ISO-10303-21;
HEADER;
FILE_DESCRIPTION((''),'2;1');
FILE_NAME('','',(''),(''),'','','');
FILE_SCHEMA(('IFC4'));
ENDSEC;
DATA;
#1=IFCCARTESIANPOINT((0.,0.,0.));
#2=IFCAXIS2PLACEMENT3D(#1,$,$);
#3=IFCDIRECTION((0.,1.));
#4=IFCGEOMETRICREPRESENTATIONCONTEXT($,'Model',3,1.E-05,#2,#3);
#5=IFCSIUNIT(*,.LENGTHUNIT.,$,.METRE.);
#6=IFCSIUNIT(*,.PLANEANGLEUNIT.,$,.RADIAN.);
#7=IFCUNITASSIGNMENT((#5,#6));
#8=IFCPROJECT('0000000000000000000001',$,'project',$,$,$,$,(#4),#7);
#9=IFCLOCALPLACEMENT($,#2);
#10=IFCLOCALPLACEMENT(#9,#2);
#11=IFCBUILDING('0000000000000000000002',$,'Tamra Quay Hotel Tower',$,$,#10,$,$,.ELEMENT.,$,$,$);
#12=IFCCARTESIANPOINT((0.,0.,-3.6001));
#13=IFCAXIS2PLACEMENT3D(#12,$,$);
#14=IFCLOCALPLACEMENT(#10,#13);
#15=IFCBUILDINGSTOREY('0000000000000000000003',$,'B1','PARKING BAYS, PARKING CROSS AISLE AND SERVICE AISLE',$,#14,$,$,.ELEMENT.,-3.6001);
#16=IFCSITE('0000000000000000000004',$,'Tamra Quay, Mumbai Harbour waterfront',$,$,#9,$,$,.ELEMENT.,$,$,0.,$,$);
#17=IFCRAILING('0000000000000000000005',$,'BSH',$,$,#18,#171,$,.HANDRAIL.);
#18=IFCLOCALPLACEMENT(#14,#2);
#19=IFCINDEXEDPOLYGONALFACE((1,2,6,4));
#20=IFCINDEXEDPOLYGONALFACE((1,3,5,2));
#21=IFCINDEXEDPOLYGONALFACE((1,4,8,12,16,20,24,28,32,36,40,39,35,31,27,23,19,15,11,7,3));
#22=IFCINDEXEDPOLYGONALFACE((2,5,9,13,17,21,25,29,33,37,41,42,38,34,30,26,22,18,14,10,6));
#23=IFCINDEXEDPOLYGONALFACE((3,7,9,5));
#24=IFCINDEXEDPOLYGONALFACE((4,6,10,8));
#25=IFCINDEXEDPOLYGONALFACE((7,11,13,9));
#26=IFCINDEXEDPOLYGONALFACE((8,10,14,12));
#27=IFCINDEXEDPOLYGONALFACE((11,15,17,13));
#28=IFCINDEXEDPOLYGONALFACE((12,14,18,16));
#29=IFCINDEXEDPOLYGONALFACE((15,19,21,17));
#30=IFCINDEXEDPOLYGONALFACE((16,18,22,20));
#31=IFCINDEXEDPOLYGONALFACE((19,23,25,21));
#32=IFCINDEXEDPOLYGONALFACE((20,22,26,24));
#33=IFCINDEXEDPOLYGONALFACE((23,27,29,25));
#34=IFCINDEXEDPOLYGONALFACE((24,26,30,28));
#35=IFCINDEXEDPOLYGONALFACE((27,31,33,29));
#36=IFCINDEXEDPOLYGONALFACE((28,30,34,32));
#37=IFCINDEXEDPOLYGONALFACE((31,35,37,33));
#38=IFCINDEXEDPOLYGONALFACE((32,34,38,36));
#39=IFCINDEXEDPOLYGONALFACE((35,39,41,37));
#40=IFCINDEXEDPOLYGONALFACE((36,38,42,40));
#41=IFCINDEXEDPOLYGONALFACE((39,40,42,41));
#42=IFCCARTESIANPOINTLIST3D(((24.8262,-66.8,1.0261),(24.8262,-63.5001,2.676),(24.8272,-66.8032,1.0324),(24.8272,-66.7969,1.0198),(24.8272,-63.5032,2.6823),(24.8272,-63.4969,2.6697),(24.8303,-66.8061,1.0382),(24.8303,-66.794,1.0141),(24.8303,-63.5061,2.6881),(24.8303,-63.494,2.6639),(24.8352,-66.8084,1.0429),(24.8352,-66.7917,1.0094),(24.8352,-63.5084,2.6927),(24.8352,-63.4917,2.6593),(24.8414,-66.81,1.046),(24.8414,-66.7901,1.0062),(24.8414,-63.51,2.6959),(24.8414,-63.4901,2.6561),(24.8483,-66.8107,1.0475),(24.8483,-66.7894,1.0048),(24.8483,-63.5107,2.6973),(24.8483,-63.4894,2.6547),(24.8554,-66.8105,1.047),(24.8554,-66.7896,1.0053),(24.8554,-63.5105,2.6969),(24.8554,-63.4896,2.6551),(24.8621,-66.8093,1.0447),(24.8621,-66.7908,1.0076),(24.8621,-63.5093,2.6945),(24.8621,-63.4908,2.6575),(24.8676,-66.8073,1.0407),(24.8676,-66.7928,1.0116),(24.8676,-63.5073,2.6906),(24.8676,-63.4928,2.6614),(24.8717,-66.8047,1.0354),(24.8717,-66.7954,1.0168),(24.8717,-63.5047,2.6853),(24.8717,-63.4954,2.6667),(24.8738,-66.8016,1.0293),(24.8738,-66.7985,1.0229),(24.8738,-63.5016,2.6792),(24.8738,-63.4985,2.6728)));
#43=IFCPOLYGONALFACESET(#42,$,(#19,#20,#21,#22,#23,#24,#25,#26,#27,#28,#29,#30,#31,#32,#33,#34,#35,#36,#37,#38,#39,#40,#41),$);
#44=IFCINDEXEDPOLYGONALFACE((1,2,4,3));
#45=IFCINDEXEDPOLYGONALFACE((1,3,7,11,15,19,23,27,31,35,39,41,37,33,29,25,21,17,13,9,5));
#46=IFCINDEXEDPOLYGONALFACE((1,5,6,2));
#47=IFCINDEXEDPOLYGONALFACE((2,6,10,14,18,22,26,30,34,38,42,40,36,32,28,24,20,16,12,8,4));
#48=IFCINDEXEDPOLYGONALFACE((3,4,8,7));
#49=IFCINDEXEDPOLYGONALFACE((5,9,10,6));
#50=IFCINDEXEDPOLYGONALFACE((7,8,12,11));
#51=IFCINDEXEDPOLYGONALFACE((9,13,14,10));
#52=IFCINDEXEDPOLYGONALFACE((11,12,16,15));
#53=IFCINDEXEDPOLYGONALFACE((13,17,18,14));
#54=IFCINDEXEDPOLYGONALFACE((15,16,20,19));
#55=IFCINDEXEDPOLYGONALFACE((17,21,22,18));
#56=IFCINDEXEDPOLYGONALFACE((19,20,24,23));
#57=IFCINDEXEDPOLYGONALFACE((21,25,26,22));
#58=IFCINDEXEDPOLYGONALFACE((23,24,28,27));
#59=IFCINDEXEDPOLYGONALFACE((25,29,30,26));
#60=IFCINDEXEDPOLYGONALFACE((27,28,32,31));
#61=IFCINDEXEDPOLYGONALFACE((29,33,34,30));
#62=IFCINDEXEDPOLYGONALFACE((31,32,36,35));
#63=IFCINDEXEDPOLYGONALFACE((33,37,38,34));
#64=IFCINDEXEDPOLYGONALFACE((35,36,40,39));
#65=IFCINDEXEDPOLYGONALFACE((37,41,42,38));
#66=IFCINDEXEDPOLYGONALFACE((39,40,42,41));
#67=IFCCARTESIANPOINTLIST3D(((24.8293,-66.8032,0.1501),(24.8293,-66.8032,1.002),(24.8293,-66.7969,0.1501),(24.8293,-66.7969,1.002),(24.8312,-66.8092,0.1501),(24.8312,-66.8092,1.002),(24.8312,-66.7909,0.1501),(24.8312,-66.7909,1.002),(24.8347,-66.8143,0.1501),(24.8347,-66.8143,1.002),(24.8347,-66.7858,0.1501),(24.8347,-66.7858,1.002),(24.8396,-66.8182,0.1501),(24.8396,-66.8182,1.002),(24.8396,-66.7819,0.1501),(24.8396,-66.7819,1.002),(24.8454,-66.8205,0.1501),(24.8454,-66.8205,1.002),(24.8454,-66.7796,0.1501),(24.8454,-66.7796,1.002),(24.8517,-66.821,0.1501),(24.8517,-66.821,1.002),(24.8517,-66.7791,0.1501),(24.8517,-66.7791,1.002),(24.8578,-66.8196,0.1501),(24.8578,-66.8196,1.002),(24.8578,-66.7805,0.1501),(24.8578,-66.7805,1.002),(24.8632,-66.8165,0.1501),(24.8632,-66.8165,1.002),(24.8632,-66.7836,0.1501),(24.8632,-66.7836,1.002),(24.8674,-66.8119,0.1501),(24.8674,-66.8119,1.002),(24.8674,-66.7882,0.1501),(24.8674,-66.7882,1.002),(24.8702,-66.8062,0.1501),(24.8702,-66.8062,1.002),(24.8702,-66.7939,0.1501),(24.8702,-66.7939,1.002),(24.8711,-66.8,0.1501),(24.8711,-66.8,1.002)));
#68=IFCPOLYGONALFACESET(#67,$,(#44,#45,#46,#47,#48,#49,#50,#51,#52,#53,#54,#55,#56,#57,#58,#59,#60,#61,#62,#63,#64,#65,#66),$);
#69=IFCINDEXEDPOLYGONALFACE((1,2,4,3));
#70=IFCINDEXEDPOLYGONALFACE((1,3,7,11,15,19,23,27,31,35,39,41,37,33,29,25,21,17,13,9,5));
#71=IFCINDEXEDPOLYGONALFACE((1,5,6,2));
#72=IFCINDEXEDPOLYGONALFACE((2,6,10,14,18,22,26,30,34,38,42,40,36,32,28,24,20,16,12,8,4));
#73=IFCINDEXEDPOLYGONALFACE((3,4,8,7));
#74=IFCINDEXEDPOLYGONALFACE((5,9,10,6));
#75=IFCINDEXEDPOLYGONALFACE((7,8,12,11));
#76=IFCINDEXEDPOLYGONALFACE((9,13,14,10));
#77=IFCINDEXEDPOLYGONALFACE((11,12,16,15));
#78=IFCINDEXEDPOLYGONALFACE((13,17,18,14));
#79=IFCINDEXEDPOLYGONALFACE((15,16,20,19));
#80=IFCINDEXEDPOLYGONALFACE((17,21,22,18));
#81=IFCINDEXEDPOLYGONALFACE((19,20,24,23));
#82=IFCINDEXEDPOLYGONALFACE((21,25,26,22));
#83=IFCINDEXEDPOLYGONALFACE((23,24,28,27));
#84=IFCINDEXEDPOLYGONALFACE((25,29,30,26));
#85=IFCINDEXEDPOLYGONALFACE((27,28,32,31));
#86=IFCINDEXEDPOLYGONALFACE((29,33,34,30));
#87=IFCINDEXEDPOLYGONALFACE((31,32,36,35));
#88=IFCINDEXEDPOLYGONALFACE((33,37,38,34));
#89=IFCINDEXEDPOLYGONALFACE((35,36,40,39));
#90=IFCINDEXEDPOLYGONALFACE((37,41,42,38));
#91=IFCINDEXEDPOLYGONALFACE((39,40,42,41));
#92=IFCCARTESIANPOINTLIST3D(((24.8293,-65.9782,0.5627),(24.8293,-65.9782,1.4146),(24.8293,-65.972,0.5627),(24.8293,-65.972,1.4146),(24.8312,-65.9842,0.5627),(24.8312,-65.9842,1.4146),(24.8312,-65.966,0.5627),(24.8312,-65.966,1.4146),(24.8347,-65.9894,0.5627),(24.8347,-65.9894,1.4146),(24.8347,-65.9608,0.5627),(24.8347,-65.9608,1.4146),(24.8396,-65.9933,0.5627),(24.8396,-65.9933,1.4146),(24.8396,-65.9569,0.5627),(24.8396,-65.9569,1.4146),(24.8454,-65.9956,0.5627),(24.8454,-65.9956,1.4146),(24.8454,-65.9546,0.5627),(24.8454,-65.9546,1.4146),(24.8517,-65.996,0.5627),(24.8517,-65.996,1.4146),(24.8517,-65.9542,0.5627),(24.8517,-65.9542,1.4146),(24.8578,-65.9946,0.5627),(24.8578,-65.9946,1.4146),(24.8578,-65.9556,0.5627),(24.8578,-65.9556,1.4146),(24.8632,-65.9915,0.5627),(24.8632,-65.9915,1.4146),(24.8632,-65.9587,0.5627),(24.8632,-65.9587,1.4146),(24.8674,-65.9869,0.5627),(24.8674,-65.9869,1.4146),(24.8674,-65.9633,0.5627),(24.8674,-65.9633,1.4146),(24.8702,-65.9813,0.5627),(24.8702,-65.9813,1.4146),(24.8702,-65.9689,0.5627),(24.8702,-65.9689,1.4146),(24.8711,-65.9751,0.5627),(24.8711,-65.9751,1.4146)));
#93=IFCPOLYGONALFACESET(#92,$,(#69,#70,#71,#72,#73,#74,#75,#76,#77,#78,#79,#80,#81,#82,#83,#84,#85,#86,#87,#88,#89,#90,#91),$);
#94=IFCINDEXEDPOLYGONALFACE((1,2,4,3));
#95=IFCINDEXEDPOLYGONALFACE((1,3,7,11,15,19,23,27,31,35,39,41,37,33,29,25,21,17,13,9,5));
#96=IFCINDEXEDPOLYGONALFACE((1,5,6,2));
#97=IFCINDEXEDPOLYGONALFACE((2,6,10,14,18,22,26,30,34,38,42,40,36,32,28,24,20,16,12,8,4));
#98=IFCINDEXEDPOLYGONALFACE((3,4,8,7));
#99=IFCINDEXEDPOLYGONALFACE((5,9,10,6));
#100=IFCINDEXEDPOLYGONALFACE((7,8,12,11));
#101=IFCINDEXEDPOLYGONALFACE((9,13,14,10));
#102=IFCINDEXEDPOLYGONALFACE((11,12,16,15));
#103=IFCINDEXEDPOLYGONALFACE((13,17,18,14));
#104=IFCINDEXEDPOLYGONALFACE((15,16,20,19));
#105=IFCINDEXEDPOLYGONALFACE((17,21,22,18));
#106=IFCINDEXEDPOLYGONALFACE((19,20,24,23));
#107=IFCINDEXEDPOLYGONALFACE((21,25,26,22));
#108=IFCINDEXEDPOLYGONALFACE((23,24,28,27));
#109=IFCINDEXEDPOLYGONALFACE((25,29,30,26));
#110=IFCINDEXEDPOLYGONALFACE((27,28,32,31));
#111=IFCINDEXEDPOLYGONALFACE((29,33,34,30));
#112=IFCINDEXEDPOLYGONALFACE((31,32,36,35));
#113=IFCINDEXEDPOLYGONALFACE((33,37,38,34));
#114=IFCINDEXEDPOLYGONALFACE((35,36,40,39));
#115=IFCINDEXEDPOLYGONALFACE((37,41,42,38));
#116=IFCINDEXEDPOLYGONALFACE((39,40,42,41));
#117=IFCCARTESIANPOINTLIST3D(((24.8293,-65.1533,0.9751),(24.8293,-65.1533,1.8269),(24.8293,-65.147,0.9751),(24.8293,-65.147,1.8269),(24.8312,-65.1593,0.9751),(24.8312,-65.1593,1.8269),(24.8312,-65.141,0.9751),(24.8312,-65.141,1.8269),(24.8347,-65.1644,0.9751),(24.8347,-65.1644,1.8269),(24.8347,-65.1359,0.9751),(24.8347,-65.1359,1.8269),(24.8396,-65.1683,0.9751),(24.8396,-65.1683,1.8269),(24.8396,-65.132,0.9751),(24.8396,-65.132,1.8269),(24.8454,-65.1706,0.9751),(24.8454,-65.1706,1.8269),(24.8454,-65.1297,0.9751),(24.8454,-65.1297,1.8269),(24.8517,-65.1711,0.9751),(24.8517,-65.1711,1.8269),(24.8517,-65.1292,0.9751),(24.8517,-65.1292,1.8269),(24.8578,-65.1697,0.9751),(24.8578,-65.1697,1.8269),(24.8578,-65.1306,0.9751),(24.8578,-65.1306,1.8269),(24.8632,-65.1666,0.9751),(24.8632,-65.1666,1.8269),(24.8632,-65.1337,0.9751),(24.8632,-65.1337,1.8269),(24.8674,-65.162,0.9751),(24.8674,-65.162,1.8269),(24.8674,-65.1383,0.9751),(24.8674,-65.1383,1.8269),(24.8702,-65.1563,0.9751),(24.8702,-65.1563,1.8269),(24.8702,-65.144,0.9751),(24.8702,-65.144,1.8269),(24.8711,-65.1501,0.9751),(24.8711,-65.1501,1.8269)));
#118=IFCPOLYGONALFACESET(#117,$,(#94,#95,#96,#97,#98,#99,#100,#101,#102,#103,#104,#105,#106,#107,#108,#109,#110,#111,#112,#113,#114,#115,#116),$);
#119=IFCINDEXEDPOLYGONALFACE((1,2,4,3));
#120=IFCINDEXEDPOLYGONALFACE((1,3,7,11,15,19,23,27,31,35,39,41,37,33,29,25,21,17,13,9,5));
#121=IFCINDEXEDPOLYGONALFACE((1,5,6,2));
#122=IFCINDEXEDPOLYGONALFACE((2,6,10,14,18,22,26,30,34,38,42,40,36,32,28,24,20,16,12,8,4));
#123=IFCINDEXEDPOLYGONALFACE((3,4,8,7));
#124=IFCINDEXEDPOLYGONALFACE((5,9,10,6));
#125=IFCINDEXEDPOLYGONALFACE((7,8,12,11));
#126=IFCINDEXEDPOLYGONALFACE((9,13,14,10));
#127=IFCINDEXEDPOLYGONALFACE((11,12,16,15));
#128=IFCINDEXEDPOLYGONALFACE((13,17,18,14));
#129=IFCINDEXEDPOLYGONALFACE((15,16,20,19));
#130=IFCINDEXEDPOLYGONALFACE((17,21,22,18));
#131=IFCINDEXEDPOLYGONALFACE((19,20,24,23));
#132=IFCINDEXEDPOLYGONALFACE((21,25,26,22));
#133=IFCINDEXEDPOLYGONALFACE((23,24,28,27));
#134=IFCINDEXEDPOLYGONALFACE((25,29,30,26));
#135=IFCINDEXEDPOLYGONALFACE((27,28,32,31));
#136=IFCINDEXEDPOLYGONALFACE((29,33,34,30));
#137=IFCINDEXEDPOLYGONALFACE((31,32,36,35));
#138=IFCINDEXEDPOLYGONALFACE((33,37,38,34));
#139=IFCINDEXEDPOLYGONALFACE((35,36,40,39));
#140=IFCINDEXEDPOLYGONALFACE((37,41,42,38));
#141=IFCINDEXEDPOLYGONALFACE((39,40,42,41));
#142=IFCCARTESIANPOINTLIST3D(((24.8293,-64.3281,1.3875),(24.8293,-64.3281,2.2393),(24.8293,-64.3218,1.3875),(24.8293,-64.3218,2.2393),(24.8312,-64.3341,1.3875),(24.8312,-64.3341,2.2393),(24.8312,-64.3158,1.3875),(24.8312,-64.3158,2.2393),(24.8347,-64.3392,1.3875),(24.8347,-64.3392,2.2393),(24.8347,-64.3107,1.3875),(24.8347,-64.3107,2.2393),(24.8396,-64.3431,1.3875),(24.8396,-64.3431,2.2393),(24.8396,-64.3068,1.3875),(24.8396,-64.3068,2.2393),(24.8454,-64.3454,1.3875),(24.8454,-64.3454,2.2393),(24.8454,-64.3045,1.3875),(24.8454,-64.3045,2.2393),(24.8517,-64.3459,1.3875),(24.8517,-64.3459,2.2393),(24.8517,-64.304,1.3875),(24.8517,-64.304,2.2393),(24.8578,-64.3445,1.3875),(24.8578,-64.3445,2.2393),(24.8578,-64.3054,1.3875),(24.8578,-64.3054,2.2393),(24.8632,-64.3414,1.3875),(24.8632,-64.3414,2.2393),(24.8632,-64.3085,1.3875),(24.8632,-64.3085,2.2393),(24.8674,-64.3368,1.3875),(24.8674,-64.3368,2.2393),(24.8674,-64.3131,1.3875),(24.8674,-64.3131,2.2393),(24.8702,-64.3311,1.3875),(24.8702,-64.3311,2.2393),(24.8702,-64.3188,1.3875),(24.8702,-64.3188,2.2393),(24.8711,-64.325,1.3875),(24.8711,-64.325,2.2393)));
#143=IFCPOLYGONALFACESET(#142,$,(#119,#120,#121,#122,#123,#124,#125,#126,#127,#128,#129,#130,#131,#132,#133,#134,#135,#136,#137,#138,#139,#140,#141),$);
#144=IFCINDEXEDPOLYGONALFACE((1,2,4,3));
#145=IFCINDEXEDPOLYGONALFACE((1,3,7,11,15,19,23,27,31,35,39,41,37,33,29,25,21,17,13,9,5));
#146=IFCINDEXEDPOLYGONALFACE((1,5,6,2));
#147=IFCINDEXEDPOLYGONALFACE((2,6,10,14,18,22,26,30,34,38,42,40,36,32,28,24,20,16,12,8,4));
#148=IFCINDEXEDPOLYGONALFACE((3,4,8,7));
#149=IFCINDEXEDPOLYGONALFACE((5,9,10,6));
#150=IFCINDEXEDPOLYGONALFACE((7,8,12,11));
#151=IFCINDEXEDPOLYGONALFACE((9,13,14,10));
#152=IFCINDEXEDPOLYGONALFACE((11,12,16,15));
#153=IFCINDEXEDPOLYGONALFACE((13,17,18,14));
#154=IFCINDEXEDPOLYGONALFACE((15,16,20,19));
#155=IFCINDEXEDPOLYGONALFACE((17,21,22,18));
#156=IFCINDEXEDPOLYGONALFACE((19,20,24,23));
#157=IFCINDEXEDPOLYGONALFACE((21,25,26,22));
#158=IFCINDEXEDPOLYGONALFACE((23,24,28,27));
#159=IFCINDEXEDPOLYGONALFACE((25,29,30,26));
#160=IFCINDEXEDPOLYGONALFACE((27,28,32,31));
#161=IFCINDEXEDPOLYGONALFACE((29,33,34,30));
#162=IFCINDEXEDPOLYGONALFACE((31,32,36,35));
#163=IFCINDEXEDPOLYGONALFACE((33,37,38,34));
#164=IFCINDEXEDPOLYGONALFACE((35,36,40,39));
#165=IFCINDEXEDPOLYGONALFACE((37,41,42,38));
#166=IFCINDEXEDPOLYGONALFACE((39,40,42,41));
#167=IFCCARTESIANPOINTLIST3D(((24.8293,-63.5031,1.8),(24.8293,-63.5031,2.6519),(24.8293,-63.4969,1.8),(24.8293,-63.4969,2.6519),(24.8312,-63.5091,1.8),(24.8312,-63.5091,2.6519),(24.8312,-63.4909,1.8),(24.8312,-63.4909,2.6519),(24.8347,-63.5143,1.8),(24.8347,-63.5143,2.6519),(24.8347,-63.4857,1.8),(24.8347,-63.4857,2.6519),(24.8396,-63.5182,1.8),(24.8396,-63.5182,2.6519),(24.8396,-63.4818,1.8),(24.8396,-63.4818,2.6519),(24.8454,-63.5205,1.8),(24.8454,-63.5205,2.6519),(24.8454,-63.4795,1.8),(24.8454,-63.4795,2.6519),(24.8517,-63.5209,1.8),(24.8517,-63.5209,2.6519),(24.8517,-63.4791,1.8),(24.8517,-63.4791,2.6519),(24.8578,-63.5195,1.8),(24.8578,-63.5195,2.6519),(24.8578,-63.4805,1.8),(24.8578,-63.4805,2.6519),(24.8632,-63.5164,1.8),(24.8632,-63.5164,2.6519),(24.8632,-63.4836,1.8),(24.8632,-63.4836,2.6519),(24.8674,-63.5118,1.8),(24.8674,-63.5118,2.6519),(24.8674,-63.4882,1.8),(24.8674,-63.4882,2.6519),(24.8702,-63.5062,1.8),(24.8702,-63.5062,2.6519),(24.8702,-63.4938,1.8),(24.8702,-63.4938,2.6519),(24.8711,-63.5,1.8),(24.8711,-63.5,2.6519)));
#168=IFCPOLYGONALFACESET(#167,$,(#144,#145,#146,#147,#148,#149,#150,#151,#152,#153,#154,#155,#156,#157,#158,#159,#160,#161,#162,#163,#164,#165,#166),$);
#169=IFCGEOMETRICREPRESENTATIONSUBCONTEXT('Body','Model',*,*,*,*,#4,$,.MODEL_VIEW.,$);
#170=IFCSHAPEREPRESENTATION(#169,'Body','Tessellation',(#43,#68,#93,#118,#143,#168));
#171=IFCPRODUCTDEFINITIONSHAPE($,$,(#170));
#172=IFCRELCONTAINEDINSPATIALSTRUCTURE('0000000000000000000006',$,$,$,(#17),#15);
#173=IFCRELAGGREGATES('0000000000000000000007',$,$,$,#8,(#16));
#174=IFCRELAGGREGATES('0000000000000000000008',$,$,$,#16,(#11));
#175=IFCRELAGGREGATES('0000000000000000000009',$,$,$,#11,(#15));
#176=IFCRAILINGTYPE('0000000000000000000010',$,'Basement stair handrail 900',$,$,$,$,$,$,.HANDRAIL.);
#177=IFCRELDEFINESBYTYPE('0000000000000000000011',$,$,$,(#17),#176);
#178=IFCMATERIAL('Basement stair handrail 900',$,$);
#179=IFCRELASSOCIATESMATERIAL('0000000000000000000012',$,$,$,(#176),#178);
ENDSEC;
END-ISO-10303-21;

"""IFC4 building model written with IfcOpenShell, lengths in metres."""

from ifc_helpers import new_model, si_unit, direction, frame, origin, origin_2d, place, context, subcontext, project, spatial, circle, extrude, material, type_object, element, save


model = new_model("IFC4")

# Units and contexts
model_context = context("Model", 3, precision=1e-05, world=origin(), true_north=direction((0.0, 1.0)))
body_context = subcontext(model_context, "Body", "Model", "MODEL_VIEW")
ifc_project = project(units=[si_unit("LENGTHUNIT", "METRE"), si_unit("PLANEANGLEUNIT", "RADIAN")], contexts=[model_context])

# Site, building, storey
site_placement = place(None, origin())
site = spatial("IfcSite", under=ifc_project, at=site_placement, Name="Tamra Quay, Mumbai Harbour waterfront", CompositionType="ELEMENT", RefElevation=0.0)
building_placement = place(site_placement, origin())
building = spatial("IfcBuilding", under=site, at=building_placement, Name="Tamra Quay Hotel Tower", CompositionType="ELEMENT")
storey_placement = place(building_placement, frame((0.0, 0.0, -3.6001)))
storey = spatial("IfcBuildingStorey", under=building, at=storey_placement, Name="B1", Description="PARKING BAYS, PARKING CROSS AISLE AND SERVICE AISLE", CompositionType="ELEMENT", Elevation=-3.6001)

# Railing
ifc_material_1 = material(Name="Basement stair handrail 900")
railing_type_1 = type_object("IfcRailingType", Name="Basement stair handrail 900", PredefinedType="HANDRAIL", material=ifc_material_1)
railing_1_placement = place(storey_placement, frame((24.8501, -66.8, 0.1501)))
element("IfcRailing", 1, at=railing_1_placement, inside=storey, type_object=railing_type_1, Name="BSH", PredefinedType="HANDRAIL", context=body_context, shape_type="SweptSolid", body=[
    extrude(circle(Radius=0.0239, at=origin_2d()), frame((0.0, 0.0, 0.876), z_axis=(0.0, 0.89444, 0.447187), x_axis=(-1.0, 0.0, 0.0)), (0.0, 0.0, 1.0), 3.6895),
    extrude(circle(Radius=0.021, at=origin_2d()), origin(), (0.0, 0.0, 1.0), 0.8518),
    extrude(circle(Radius=0.021, at=origin_2d()), frame((0.0, 0.825, 0.4126)), (0.0, 0.0, 1.0), 0.8518),
    extrude(circle(Radius=0.021, at=origin_2d()), frame((0.0, 1.6499, 0.825)), (0.0, 0.0, 1.0), 0.8518),
    extrude(circle(Radius=0.021, at=origin_2d()), frame((0.0, 2.4751, 1.2373)), (0.0, 0.0, 1.0), 0.8518),
    extrude(circle(Radius=0.021, at=origin_2d()), frame((0.0, 3.3, 1.6499)), (0.0, 0.0, 1.0), 0.8518),
])

save(model, "model.ifc")
